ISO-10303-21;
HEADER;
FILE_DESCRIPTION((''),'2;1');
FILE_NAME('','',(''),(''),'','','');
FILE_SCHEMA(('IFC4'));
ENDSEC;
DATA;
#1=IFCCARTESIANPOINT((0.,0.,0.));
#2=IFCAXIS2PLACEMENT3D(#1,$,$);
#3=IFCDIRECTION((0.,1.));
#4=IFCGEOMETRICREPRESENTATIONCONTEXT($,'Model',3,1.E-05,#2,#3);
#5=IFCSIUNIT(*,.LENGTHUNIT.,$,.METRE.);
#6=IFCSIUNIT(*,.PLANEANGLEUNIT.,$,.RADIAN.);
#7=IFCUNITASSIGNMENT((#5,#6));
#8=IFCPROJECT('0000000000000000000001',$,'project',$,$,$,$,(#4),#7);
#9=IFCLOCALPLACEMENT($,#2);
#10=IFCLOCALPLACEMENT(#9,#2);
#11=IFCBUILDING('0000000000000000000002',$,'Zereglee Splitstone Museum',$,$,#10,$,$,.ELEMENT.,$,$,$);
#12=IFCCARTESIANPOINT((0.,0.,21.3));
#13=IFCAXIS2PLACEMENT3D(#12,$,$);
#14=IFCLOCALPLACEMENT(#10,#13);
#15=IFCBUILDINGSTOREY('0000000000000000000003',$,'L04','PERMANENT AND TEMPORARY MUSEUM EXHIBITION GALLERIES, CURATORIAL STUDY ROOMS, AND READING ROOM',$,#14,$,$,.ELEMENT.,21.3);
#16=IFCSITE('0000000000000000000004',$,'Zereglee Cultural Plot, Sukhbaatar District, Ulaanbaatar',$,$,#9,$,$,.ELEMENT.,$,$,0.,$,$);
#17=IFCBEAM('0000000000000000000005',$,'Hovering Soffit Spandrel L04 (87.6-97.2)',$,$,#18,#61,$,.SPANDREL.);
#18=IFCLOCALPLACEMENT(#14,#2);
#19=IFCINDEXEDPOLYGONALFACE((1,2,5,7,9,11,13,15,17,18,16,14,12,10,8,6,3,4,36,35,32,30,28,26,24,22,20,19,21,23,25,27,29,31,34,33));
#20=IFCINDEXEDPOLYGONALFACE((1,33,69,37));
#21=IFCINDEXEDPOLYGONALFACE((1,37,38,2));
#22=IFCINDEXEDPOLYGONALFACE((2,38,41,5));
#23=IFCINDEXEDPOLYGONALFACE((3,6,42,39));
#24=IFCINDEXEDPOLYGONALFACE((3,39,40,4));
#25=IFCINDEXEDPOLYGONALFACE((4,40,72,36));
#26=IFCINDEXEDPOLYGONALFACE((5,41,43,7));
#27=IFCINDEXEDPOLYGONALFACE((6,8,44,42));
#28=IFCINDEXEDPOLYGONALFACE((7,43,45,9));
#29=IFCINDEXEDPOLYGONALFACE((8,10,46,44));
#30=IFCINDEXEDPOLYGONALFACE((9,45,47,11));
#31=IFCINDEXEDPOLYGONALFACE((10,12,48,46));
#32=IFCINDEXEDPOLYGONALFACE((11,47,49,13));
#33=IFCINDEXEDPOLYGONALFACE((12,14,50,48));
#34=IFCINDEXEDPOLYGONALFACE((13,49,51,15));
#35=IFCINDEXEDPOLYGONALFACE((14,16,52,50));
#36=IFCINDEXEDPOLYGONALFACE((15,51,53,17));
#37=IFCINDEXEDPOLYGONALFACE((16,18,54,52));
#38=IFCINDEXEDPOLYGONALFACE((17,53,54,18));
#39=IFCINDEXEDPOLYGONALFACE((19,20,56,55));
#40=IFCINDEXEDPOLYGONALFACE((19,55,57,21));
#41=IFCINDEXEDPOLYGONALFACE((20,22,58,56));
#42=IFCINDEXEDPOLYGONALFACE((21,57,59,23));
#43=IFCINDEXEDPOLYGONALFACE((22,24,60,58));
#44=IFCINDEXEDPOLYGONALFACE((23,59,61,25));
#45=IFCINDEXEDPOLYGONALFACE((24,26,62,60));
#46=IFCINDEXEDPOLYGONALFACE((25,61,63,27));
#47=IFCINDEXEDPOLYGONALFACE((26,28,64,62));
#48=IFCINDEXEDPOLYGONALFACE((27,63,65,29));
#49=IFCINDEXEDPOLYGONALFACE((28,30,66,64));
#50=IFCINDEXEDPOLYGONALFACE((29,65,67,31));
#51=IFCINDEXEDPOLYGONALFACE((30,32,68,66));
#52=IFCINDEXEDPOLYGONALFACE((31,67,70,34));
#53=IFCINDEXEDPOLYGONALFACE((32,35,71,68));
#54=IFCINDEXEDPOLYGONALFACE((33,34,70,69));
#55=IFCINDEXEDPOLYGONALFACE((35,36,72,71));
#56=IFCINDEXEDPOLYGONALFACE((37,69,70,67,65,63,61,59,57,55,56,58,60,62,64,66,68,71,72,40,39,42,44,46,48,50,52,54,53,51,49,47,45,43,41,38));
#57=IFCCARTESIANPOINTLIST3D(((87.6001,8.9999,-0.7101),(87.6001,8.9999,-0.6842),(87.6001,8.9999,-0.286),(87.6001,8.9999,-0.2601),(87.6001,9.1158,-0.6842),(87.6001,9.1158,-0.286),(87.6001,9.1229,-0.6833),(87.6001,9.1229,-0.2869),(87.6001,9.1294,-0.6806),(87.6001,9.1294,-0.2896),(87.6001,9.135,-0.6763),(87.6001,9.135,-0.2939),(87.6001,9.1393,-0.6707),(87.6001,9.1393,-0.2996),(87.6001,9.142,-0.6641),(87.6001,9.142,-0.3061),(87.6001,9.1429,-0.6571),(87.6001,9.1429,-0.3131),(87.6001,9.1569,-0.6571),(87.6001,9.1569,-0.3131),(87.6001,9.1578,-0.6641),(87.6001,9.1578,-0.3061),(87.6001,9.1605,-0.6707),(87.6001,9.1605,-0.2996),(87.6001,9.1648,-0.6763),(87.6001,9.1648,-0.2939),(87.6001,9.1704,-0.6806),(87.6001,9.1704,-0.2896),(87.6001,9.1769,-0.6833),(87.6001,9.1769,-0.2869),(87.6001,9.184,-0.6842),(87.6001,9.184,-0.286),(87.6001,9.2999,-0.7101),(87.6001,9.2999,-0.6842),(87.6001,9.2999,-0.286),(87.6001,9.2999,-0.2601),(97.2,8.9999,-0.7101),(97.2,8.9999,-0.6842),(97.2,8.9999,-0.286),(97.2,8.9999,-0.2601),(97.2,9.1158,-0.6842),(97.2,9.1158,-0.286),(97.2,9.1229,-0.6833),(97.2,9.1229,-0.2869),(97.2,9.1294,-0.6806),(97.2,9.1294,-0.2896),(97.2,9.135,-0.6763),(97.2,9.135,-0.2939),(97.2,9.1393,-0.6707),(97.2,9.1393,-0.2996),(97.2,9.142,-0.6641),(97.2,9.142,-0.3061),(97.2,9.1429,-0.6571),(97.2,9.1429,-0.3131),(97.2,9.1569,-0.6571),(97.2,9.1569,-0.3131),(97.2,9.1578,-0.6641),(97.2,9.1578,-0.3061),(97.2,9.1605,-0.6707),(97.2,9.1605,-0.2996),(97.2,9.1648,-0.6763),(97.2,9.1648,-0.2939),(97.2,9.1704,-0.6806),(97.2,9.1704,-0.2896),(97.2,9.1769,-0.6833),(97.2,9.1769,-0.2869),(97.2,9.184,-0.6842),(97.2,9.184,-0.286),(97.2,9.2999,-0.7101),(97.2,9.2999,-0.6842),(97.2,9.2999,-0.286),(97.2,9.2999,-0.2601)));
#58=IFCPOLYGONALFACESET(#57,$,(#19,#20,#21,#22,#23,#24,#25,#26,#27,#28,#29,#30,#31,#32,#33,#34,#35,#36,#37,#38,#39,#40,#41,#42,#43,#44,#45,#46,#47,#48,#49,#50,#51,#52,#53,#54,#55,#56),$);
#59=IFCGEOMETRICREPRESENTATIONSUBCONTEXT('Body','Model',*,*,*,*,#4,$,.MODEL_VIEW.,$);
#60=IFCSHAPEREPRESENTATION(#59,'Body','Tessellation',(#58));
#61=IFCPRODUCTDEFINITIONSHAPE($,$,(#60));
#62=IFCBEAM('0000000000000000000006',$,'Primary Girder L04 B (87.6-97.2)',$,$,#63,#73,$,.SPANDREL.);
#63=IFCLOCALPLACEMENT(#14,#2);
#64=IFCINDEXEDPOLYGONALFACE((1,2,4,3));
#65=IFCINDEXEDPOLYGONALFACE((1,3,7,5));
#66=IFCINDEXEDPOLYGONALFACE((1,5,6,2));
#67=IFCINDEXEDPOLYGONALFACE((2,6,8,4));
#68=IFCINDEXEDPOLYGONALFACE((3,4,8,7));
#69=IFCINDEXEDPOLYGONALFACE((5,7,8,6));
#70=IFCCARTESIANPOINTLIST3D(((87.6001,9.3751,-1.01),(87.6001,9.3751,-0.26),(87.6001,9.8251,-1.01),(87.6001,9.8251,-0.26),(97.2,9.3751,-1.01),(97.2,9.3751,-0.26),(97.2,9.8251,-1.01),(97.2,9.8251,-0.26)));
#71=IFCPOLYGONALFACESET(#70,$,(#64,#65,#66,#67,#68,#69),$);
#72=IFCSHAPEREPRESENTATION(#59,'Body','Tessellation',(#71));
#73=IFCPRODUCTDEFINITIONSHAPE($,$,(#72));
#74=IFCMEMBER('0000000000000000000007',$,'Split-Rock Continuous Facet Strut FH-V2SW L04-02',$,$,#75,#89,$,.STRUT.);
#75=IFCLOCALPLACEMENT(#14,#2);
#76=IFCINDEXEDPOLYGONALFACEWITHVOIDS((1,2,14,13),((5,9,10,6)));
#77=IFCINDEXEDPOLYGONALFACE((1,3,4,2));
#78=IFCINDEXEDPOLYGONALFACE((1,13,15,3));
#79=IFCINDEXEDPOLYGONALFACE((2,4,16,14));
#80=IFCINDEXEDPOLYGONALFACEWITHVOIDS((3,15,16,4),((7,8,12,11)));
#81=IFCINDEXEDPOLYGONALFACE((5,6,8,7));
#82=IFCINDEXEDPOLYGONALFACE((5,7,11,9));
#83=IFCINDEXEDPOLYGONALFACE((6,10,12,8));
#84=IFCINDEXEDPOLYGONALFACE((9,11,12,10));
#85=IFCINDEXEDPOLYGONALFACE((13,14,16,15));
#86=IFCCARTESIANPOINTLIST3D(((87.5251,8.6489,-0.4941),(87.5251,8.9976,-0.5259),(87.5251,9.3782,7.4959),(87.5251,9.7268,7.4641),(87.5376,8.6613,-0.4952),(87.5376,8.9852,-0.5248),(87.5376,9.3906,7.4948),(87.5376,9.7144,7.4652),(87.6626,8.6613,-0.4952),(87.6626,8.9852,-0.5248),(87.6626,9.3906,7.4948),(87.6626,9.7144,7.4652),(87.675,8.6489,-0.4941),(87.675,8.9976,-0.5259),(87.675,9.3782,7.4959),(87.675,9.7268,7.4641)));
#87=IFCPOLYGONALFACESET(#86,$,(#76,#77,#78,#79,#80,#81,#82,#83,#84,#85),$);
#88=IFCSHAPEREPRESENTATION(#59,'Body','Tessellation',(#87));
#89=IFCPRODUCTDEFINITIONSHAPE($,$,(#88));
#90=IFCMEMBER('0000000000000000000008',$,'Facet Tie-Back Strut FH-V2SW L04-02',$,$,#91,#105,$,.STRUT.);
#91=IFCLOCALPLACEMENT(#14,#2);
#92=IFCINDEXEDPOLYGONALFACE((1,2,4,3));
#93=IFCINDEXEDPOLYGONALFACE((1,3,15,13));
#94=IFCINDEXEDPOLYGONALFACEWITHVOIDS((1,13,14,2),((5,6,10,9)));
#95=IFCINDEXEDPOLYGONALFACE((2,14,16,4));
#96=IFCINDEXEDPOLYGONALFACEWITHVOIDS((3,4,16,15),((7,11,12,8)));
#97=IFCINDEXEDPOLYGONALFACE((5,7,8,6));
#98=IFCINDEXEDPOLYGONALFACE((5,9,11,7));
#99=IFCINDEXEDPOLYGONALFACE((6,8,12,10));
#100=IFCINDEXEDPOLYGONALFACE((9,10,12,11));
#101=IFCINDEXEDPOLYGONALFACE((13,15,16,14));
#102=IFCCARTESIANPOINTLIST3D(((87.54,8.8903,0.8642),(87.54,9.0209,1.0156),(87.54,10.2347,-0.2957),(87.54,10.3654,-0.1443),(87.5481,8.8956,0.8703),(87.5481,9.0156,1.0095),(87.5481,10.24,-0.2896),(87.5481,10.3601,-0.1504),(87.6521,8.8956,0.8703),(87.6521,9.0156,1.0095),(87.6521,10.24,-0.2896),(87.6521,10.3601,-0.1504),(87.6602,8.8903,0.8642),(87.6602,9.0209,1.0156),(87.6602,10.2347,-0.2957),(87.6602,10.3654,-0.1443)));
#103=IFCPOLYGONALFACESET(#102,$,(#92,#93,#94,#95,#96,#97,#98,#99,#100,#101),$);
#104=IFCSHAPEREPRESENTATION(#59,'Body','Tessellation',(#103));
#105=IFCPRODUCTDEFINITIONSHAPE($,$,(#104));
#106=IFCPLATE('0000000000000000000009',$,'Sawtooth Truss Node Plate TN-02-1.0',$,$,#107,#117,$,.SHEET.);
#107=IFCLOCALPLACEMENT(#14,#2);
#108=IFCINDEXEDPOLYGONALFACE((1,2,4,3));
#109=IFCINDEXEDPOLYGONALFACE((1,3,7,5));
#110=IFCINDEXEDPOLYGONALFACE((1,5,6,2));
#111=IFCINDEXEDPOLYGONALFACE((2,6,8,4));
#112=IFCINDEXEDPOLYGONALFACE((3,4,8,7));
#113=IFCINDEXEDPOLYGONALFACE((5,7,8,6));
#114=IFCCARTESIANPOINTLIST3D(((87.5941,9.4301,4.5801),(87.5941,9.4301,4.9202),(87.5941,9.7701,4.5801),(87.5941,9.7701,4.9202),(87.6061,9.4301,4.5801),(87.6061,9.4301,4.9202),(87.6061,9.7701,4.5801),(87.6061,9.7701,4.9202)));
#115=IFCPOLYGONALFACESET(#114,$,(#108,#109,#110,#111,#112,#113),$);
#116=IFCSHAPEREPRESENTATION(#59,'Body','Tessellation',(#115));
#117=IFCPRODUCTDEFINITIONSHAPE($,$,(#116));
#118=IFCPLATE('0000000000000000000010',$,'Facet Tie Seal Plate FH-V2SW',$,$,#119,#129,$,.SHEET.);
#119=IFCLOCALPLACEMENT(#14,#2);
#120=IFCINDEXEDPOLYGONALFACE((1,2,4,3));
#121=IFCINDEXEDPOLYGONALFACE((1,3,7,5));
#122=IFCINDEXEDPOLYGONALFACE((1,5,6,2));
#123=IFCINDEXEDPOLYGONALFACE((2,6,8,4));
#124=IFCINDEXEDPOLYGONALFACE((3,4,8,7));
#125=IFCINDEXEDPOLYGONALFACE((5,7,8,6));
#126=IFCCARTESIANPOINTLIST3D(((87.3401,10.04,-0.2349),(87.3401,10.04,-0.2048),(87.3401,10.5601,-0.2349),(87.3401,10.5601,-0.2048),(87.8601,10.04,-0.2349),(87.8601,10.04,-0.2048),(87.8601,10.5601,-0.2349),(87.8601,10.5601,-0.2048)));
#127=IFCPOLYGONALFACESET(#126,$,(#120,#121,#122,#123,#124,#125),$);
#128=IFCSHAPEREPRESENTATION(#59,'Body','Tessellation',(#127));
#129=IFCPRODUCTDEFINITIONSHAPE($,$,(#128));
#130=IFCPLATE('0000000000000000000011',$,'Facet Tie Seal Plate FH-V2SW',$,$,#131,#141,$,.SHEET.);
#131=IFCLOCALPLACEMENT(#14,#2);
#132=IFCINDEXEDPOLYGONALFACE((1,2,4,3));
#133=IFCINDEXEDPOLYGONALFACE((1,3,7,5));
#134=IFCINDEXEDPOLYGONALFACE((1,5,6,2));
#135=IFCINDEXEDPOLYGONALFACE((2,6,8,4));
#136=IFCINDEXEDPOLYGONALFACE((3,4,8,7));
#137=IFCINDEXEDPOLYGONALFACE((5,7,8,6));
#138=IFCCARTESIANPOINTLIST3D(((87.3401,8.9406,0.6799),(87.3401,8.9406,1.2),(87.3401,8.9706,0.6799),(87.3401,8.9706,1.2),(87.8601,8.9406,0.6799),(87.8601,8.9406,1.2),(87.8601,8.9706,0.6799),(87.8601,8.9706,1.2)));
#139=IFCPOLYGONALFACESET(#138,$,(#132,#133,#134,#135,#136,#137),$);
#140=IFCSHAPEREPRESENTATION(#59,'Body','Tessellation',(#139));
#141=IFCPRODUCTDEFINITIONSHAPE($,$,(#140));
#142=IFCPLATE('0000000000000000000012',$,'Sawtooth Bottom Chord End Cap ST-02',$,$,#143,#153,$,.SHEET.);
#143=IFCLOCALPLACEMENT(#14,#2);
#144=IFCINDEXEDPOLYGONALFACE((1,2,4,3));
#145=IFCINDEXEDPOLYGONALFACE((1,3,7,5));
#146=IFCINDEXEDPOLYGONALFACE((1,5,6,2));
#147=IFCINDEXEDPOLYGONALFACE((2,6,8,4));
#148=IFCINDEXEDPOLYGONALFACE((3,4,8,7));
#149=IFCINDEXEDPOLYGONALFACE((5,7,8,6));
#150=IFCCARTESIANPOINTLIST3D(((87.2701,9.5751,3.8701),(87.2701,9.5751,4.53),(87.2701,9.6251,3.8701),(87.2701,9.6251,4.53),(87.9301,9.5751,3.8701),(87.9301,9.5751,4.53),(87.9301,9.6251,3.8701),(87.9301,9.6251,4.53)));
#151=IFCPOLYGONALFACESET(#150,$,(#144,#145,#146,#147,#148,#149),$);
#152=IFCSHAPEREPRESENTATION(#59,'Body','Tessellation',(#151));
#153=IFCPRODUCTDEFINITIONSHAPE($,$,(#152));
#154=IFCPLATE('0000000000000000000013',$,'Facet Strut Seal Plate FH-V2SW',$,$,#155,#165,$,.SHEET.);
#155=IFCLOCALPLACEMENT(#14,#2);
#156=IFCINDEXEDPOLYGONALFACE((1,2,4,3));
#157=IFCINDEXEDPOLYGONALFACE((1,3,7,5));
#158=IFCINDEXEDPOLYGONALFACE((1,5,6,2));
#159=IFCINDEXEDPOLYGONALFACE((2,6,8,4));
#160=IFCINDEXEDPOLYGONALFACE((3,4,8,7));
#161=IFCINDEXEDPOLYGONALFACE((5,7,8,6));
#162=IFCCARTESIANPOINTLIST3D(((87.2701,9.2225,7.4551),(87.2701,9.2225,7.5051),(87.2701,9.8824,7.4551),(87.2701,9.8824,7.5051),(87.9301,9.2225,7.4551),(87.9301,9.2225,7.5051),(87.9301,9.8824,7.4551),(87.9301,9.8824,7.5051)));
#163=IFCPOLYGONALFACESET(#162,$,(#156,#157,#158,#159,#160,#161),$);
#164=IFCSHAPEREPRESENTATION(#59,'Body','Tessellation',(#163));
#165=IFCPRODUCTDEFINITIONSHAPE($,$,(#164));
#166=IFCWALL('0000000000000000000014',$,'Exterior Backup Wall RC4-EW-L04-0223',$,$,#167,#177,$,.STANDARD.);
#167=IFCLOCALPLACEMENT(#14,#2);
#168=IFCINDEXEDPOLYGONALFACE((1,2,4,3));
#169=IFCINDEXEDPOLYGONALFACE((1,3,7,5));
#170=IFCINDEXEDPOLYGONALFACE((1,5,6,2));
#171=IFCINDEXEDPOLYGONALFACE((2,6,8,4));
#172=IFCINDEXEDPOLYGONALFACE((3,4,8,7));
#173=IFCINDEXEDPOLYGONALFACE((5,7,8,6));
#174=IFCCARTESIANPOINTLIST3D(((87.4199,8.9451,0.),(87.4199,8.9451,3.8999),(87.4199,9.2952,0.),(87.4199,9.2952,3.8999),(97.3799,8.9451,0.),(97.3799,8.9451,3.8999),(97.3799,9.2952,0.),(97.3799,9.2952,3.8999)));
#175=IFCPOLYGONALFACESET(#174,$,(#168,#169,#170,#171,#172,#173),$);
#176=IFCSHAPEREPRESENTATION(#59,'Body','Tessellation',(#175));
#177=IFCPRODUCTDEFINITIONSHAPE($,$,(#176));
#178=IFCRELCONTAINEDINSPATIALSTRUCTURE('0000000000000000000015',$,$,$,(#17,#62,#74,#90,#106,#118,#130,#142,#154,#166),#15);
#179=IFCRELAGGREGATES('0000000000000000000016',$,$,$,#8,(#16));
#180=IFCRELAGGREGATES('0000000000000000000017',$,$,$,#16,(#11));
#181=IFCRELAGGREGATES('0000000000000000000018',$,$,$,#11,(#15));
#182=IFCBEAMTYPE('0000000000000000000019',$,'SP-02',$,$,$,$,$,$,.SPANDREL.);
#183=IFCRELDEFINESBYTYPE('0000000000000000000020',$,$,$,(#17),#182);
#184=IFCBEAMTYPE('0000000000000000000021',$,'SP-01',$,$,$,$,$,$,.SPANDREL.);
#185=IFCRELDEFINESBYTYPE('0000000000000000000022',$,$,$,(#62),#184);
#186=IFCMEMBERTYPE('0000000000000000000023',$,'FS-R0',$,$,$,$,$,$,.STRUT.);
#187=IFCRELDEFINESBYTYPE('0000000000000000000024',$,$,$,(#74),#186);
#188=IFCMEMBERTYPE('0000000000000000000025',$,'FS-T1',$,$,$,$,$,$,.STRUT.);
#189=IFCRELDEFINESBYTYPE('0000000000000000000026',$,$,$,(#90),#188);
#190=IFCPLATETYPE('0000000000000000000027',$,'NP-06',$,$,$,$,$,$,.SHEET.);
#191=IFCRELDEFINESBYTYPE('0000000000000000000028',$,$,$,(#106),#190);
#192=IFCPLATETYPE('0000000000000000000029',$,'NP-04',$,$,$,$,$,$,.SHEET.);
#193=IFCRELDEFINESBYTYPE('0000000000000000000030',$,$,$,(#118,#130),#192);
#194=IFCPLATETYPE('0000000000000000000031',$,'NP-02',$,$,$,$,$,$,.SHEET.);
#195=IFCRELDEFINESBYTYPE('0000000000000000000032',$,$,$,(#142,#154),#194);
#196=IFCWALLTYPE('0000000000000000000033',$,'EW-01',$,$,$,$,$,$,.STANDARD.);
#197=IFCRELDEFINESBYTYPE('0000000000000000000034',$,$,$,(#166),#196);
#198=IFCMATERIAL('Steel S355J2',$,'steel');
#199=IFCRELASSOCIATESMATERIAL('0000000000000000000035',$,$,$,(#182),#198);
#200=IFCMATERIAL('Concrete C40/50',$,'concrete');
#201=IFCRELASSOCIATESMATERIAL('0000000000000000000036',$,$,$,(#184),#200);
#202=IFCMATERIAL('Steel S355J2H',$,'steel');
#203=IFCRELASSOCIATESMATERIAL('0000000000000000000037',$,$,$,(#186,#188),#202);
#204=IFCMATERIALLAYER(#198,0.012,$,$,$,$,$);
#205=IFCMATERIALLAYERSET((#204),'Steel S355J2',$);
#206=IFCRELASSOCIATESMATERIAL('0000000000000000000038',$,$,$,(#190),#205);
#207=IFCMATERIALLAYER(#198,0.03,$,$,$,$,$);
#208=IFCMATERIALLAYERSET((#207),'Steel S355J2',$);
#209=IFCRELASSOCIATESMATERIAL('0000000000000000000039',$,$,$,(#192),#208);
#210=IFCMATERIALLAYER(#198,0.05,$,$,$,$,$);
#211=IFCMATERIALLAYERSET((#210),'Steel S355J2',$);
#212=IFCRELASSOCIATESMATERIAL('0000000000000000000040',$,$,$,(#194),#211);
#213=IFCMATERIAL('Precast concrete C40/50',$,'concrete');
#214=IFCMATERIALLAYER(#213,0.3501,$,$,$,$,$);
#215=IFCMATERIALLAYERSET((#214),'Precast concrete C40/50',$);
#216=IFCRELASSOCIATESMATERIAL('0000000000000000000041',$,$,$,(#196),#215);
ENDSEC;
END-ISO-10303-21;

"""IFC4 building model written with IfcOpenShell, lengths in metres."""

from ifc_helpers import new_model, si_unit, direction, frame, frame_2d, origin, origin_2d, place, context, subcontext, project, spatial, rectangle, hollow_rectangle, i_section, extrude, material, layer, layer_set, material_profile, profile_set, type_object, element, save


model = new_model("IFC4")

# Units and contexts
model_context = context("Model", 3, precision=1e-05, world=origin(), true_north=direction((0.0, 1.0)))
body_context = subcontext(model_context, "Body", "Model", "MODEL_VIEW")
ifc_project = project(units=[si_unit("LENGTHUNIT", "METRE"), si_unit("PLANEANGLEUNIT", "RADIAN")], contexts=[model_context])

# Site, building, storey
site_placement = place(None, origin())
site = spatial("IfcSite", under=ifc_project, at=site_placement, Name="Zereglee Cultural Plot, Sukhbaatar District, Ulaanbaatar", CompositionType="ELEMENT", RefElevation=0.0)
building_placement = place(site_placement, origin())
building = spatial("IfcBuilding", under=site, at=building_placement, Name="Zereglee Splitstone Museum", CompositionType="ELEMENT")
storey_placement = place(building_placement, frame((0.0, 0.0, 21.3)))
storey = spatial("IfcBuildingStorey", under=building, at=storey_placement, Name="L04", Description="PERMANENT AND TEMPORARY MUSEUM EXHIBITION GALLERIES, CURATORIAL STUDY ROOMS, AND READING ROOM", CompositionType="ELEMENT", Elevation=21.3)

# Shared definitions
ifc_material_1 = material(Name="Steel S355J2", Category="steel")

# Shared definitions
ifc_material_2 = material(Name="Steel S355J2H", Category="steel")

# Beams
ifc_material_profile_1 = material_profile(ifc_material_1, i_section(OverallWidth=0.3, OverallDepth=0.45, WebThickness=0.0139, FlangeThickness=0.0259, FilletRadius=0.0271, at=origin_2d()), Name="HE 450 B")
ifc_profile_set_1 = profile_set([ifc_material_profile_1], Name="Steel S355J2")
beam_type_1 = type_object("IfcBeamType", Name="SP-02", PredefinedType="SPANDREL", material=ifc_profile_set_1)
beam_1_placement = place(storey_placement, frame((87.6001, 9.1499, -0.4851), z_axis=(1.0, 0.0, 0.0), x_axis=(0.0, 1.0, 0.0)))
element("IfcBeam", 1, at=beam_1_placement, inside=storey, type_object=beam_type_1, Name="Hovering Soffit Spandrel L04 (87.6-97.2)", PredefinedType="SPANDREL", context=body_context, shape_type="SweptSolid", body=[
    extrude(i_section(OverallWidth=0.3, OverallDepth=0.45, WebThickness=0.0139, FlangeThickness=0.0259, FilletRadius=0.0271, at=origin_2d()), origin(), (0.0, 0.0, 1.0), 9.5999),
])
ifc_material_3 = material(Name="Concrete C40/50", Category="concrete")
ifc_material_profile_2 = material_profile(ifc_material_3, rectangle(XDim=0.45, YDim=0.75, at=origin_2d()), Name="RC 450x750")
ifc_profile_set_2 = profile_set([ifc_material_profile_2], Name="Concrete C40/50")
beam_type_2 = type_object("IfcBeamType", Name="SP-01", PredefinedType="SPANDREL", material=ifc_profile_set_2)
beam_2_placement = place(storey_placement, frame((87.6001, 9.6001, -0.635), z_axis=(1.0, 0.0, 0.0), x_axis=(0.0, 1.0, 0.0)))
element("IfcBeam", 2, at=beam_2_placement, inside=storey, type_object=beam_type_2, Name="Primary Girder L04 B (87.6-97.2)", PredefinedType="SPANDREL", context=body_context, shape_type="SweptSolid", body=[
    extrude(rectangle(XDim=0.45, YDim=0.75, at=origin_2d()), origin(), (0.0, 0.0, 1.0), 9.5999),
])

# Members
ifc_material_profile_3 = material_profile(ifc_material_2, hollow_rectangle(XDim=0.1499, YDim=0.3501, WallThickness=0.0125, at=origin_2d()), Name="RHS 350x150x12.5")
ifc_profile_set_3 = profile_set([ifc_material_profile_3], Name="Steel S355J2H")
member_type_1 = type_object("IfcMemberType", Name="FS-R0", PredefinedType="STRUT", material=ifc_profile_set_3)
member_1_placement = place(storey_placement, frame((87.6001, 8.8232, -0.51), z_axis=(0.0, 0.090892, 0.995861), x_axis=(-1.0, 0.0, 0.0)))
element("IfcMember", 3, at=member_1_placement, inside=storey, type_object=member_type_1, Name="Split-Rock Continuous Facet Strut FH-V2SW L04-02", PredefinedType="STRUT", context=body_context, shape_type="SweptSolid", body=[
    extrude(hollow_rectangle(XDim=0.1499, YDim=0.3501, WallThickness=0.0125, at=origin_2d()), origin(), (0.0, 0.0, 1.0), 8.0232),
])
ifc_material_profile_4 = material_profile(ifc_material_2, hollow_rectangle(XDim=0.1201, YDim=0.2, WallThickness=0.0081, at=origin_2d()), Name="RHS 200x120x8")
ifc_profile_set_4 = profile_set([ifc_material_profile_4], Name="Steel S355J2H")
member_type_2 = type_object("IfcMemberType", Name="FS-T1", PredefinedType="STRUT", material=ifc_profile_set_4)
member_2_placement = place(storey_placement, frame((87.6001, 10.3, -0.22), z_axis=(0.0, -0.757166, 0.653222), x_axis=(1.0, 0.0, 0.0)))
element("IfcMember", 4, at=member_2_placement, inside=storey, type_object=member_type_2, Name="Facet Tie-Back Strut FH-V2SW L04-02", PredefinedType="STRUT", context=body_context, shape_type="SweptSolid", body=[
    extrude(hollow_rectangle(XDim=0.1201, YDim=0.2, WallThickness=0.0081, at=origin_2d()), origin(), (0.0, 0.0, 1.0), 1.7756),
])

# Plates
ifc_layer_1 = layer(ifc_material_1, 0.012)
ifc_layer_set_1 = layer_set([ifc_layer_1], Name="Steel S355J2")
plate_type_1 = type_object("IfcPlateType", Name="NP-06", PredefinedType="SHEET", material=ifc_layer_set_1)
plate_1_placement = place(storey_placement, frame((87.6001, 9.6001, 4.5801), z_axis=(0.0, 0.0, 1.0), x_axis=(1.0, 0.0, 0.0)))
element("IfcPlate", 5, at=plate_1_placement, inside=storey, type_object=plate_type_1, Name="Sawtooth Truss Node Plate TN-02-1.0", PredefinedType="SHEET", context=body_context, shape_type="SweptSolid", body=[
    extrude(rectangle(XDim=0.012, YDim=0.3401, at=origin_2d()), origin(), (0.0, 0.0, 1.0), 0.3401),
])
ifc_layer_2 = layer(ifc_material_1, 0.03)
ifc_layer_set_2 = layer_set([ifc_layer_2], Name="Steel S355J2")
plate_type_2 = type_object("IfcPlateType", Name="NP-04", PredefinedType="SHEET", material=ifc_layer_set_2)
plate_2_placement = place(storey_placement, frame((87.6001, 10.3, -0.2349), z_axis=(0.0, 0.0, 1.0), x_axis=(1.0, 0.0, 0.0)))
element("IfcPlate", 6, at=plate_2_placement, inside=storey, type_object=plate_type_2, Name="Facet Tie Seal Plate FH-V2SW", PredefinedType="SHEET", context=body_context, shape_type="SweptSolid", body=[
    extrude(rectangle(XDim=0.52, YDim=0.52, at=origin_2d()), origin(), (0.0, 0.0, 1.0), 0.03),
])
plate_3_placement = place(storey_placement, frame((87.6001, 8.9556, 0.6799), z_axis=(0.0, 0.0, 1.0), x_axis=(1.0, 0.0, 0.0)))
element("IfcPlate", 7, at=plate_3_placement, inside=storey, type_object=plate_type_2, Name="Facet Tie Seal Plate FH-V2SW", PredefinedType="SHEET", context=body_context, shape_type="SweptSolid", body=[
    extrude(rectangle(XDim=0.52, YDim=0.03, at=origin_2d()), origin(), (0.0, 0.0, 1.0), 0.52),
])
ifc_layer_3 = layer(ifc_material_1, 0.05)
ifc_layer_set_3 = layer_set([ifc_layer_3], Name="Steel S355J2")
plate_type_3 = type_object("IfcPlateType", Name="NP-02", PredefinedType="SHEET", material=ifc_layer_set_3)
plate_4_placement = place(storey_placement, frame((87.6001, 9.6001, 3.8701), z_axis=(0.0, 0.0, 1.0), x_axis=(1.0, 0.0, 0.0)))
element("IfcPlate", 8, at=plate_4_placement, inside=storey, type_object=plate_type_3, Name="Sawtooth Bottom Chord End Cap ST-02", PredefinedType="SHEET", context=body_context, shape_type="SweptSolid", body=[
    extrude(rectangle(XDim=0.6599, YDim=0.05, at=origin_2d()), origin(), (0.0, 0.0, 1.0), 0.6599),
])
plate_5_placement = place(storey_placement, frame((87.6001, 9.5525, 7.4551), z_axis=(0.0, 0.0, 1.0), x_axis=(1.0, 0.0, 0.0)))
element("IfcPlate", 9, at=plate_5_placement, inside=storey, type_object=plate_type_3, Name="Facet Strut Seal Plate FH-V2SW", PredefinedType="SHEET", context=body_context, shape_type="SweptSolid", body=[
    extrude(rectangle(XDim=0.6599, YDim=0.6599, at=origin_2d()), origin(), (0.0, 0.0, 1.0), 0.05),
])

# Wall
ifc_material_4 = material(Name="Precast concrete C40/50", Category="concrete")
ifc_layer_4 = layer(ifc_material_4, 0.3501)
ifc_layer_set_4 = layer_set([ifc_layer_4], Name="Precast concrete C40/50")
wall_type_1 = type_object("IfcWallType", Name="EW-01", PredefinedType="STANDARD", material=ifc_layer_set_4)
wall_1_placement = place(storey_placement, frame((87.4199, 9.1201, 0.0), z_axis=(0.0, 0.0, 1.0), x_axis=(1.0, 0.0, 0.0)))
element("IfcWall", 10, at=wall_1_placement, inside=storey, type_object=wall_type_1, Name="Exterior Backup Wall RC4-EW-L04-0223", PredefinedType="STANDARD", context=body_context, shape_type="SweptSolid", body=[
    extrude(rectangle(XDim=9.96, YDim=0.3501, at=frame_2d((4.98, 0.0))), origin(), (0.0, 0.0, 1.0), 3.8999),
])

save(model, "model.ifc")
